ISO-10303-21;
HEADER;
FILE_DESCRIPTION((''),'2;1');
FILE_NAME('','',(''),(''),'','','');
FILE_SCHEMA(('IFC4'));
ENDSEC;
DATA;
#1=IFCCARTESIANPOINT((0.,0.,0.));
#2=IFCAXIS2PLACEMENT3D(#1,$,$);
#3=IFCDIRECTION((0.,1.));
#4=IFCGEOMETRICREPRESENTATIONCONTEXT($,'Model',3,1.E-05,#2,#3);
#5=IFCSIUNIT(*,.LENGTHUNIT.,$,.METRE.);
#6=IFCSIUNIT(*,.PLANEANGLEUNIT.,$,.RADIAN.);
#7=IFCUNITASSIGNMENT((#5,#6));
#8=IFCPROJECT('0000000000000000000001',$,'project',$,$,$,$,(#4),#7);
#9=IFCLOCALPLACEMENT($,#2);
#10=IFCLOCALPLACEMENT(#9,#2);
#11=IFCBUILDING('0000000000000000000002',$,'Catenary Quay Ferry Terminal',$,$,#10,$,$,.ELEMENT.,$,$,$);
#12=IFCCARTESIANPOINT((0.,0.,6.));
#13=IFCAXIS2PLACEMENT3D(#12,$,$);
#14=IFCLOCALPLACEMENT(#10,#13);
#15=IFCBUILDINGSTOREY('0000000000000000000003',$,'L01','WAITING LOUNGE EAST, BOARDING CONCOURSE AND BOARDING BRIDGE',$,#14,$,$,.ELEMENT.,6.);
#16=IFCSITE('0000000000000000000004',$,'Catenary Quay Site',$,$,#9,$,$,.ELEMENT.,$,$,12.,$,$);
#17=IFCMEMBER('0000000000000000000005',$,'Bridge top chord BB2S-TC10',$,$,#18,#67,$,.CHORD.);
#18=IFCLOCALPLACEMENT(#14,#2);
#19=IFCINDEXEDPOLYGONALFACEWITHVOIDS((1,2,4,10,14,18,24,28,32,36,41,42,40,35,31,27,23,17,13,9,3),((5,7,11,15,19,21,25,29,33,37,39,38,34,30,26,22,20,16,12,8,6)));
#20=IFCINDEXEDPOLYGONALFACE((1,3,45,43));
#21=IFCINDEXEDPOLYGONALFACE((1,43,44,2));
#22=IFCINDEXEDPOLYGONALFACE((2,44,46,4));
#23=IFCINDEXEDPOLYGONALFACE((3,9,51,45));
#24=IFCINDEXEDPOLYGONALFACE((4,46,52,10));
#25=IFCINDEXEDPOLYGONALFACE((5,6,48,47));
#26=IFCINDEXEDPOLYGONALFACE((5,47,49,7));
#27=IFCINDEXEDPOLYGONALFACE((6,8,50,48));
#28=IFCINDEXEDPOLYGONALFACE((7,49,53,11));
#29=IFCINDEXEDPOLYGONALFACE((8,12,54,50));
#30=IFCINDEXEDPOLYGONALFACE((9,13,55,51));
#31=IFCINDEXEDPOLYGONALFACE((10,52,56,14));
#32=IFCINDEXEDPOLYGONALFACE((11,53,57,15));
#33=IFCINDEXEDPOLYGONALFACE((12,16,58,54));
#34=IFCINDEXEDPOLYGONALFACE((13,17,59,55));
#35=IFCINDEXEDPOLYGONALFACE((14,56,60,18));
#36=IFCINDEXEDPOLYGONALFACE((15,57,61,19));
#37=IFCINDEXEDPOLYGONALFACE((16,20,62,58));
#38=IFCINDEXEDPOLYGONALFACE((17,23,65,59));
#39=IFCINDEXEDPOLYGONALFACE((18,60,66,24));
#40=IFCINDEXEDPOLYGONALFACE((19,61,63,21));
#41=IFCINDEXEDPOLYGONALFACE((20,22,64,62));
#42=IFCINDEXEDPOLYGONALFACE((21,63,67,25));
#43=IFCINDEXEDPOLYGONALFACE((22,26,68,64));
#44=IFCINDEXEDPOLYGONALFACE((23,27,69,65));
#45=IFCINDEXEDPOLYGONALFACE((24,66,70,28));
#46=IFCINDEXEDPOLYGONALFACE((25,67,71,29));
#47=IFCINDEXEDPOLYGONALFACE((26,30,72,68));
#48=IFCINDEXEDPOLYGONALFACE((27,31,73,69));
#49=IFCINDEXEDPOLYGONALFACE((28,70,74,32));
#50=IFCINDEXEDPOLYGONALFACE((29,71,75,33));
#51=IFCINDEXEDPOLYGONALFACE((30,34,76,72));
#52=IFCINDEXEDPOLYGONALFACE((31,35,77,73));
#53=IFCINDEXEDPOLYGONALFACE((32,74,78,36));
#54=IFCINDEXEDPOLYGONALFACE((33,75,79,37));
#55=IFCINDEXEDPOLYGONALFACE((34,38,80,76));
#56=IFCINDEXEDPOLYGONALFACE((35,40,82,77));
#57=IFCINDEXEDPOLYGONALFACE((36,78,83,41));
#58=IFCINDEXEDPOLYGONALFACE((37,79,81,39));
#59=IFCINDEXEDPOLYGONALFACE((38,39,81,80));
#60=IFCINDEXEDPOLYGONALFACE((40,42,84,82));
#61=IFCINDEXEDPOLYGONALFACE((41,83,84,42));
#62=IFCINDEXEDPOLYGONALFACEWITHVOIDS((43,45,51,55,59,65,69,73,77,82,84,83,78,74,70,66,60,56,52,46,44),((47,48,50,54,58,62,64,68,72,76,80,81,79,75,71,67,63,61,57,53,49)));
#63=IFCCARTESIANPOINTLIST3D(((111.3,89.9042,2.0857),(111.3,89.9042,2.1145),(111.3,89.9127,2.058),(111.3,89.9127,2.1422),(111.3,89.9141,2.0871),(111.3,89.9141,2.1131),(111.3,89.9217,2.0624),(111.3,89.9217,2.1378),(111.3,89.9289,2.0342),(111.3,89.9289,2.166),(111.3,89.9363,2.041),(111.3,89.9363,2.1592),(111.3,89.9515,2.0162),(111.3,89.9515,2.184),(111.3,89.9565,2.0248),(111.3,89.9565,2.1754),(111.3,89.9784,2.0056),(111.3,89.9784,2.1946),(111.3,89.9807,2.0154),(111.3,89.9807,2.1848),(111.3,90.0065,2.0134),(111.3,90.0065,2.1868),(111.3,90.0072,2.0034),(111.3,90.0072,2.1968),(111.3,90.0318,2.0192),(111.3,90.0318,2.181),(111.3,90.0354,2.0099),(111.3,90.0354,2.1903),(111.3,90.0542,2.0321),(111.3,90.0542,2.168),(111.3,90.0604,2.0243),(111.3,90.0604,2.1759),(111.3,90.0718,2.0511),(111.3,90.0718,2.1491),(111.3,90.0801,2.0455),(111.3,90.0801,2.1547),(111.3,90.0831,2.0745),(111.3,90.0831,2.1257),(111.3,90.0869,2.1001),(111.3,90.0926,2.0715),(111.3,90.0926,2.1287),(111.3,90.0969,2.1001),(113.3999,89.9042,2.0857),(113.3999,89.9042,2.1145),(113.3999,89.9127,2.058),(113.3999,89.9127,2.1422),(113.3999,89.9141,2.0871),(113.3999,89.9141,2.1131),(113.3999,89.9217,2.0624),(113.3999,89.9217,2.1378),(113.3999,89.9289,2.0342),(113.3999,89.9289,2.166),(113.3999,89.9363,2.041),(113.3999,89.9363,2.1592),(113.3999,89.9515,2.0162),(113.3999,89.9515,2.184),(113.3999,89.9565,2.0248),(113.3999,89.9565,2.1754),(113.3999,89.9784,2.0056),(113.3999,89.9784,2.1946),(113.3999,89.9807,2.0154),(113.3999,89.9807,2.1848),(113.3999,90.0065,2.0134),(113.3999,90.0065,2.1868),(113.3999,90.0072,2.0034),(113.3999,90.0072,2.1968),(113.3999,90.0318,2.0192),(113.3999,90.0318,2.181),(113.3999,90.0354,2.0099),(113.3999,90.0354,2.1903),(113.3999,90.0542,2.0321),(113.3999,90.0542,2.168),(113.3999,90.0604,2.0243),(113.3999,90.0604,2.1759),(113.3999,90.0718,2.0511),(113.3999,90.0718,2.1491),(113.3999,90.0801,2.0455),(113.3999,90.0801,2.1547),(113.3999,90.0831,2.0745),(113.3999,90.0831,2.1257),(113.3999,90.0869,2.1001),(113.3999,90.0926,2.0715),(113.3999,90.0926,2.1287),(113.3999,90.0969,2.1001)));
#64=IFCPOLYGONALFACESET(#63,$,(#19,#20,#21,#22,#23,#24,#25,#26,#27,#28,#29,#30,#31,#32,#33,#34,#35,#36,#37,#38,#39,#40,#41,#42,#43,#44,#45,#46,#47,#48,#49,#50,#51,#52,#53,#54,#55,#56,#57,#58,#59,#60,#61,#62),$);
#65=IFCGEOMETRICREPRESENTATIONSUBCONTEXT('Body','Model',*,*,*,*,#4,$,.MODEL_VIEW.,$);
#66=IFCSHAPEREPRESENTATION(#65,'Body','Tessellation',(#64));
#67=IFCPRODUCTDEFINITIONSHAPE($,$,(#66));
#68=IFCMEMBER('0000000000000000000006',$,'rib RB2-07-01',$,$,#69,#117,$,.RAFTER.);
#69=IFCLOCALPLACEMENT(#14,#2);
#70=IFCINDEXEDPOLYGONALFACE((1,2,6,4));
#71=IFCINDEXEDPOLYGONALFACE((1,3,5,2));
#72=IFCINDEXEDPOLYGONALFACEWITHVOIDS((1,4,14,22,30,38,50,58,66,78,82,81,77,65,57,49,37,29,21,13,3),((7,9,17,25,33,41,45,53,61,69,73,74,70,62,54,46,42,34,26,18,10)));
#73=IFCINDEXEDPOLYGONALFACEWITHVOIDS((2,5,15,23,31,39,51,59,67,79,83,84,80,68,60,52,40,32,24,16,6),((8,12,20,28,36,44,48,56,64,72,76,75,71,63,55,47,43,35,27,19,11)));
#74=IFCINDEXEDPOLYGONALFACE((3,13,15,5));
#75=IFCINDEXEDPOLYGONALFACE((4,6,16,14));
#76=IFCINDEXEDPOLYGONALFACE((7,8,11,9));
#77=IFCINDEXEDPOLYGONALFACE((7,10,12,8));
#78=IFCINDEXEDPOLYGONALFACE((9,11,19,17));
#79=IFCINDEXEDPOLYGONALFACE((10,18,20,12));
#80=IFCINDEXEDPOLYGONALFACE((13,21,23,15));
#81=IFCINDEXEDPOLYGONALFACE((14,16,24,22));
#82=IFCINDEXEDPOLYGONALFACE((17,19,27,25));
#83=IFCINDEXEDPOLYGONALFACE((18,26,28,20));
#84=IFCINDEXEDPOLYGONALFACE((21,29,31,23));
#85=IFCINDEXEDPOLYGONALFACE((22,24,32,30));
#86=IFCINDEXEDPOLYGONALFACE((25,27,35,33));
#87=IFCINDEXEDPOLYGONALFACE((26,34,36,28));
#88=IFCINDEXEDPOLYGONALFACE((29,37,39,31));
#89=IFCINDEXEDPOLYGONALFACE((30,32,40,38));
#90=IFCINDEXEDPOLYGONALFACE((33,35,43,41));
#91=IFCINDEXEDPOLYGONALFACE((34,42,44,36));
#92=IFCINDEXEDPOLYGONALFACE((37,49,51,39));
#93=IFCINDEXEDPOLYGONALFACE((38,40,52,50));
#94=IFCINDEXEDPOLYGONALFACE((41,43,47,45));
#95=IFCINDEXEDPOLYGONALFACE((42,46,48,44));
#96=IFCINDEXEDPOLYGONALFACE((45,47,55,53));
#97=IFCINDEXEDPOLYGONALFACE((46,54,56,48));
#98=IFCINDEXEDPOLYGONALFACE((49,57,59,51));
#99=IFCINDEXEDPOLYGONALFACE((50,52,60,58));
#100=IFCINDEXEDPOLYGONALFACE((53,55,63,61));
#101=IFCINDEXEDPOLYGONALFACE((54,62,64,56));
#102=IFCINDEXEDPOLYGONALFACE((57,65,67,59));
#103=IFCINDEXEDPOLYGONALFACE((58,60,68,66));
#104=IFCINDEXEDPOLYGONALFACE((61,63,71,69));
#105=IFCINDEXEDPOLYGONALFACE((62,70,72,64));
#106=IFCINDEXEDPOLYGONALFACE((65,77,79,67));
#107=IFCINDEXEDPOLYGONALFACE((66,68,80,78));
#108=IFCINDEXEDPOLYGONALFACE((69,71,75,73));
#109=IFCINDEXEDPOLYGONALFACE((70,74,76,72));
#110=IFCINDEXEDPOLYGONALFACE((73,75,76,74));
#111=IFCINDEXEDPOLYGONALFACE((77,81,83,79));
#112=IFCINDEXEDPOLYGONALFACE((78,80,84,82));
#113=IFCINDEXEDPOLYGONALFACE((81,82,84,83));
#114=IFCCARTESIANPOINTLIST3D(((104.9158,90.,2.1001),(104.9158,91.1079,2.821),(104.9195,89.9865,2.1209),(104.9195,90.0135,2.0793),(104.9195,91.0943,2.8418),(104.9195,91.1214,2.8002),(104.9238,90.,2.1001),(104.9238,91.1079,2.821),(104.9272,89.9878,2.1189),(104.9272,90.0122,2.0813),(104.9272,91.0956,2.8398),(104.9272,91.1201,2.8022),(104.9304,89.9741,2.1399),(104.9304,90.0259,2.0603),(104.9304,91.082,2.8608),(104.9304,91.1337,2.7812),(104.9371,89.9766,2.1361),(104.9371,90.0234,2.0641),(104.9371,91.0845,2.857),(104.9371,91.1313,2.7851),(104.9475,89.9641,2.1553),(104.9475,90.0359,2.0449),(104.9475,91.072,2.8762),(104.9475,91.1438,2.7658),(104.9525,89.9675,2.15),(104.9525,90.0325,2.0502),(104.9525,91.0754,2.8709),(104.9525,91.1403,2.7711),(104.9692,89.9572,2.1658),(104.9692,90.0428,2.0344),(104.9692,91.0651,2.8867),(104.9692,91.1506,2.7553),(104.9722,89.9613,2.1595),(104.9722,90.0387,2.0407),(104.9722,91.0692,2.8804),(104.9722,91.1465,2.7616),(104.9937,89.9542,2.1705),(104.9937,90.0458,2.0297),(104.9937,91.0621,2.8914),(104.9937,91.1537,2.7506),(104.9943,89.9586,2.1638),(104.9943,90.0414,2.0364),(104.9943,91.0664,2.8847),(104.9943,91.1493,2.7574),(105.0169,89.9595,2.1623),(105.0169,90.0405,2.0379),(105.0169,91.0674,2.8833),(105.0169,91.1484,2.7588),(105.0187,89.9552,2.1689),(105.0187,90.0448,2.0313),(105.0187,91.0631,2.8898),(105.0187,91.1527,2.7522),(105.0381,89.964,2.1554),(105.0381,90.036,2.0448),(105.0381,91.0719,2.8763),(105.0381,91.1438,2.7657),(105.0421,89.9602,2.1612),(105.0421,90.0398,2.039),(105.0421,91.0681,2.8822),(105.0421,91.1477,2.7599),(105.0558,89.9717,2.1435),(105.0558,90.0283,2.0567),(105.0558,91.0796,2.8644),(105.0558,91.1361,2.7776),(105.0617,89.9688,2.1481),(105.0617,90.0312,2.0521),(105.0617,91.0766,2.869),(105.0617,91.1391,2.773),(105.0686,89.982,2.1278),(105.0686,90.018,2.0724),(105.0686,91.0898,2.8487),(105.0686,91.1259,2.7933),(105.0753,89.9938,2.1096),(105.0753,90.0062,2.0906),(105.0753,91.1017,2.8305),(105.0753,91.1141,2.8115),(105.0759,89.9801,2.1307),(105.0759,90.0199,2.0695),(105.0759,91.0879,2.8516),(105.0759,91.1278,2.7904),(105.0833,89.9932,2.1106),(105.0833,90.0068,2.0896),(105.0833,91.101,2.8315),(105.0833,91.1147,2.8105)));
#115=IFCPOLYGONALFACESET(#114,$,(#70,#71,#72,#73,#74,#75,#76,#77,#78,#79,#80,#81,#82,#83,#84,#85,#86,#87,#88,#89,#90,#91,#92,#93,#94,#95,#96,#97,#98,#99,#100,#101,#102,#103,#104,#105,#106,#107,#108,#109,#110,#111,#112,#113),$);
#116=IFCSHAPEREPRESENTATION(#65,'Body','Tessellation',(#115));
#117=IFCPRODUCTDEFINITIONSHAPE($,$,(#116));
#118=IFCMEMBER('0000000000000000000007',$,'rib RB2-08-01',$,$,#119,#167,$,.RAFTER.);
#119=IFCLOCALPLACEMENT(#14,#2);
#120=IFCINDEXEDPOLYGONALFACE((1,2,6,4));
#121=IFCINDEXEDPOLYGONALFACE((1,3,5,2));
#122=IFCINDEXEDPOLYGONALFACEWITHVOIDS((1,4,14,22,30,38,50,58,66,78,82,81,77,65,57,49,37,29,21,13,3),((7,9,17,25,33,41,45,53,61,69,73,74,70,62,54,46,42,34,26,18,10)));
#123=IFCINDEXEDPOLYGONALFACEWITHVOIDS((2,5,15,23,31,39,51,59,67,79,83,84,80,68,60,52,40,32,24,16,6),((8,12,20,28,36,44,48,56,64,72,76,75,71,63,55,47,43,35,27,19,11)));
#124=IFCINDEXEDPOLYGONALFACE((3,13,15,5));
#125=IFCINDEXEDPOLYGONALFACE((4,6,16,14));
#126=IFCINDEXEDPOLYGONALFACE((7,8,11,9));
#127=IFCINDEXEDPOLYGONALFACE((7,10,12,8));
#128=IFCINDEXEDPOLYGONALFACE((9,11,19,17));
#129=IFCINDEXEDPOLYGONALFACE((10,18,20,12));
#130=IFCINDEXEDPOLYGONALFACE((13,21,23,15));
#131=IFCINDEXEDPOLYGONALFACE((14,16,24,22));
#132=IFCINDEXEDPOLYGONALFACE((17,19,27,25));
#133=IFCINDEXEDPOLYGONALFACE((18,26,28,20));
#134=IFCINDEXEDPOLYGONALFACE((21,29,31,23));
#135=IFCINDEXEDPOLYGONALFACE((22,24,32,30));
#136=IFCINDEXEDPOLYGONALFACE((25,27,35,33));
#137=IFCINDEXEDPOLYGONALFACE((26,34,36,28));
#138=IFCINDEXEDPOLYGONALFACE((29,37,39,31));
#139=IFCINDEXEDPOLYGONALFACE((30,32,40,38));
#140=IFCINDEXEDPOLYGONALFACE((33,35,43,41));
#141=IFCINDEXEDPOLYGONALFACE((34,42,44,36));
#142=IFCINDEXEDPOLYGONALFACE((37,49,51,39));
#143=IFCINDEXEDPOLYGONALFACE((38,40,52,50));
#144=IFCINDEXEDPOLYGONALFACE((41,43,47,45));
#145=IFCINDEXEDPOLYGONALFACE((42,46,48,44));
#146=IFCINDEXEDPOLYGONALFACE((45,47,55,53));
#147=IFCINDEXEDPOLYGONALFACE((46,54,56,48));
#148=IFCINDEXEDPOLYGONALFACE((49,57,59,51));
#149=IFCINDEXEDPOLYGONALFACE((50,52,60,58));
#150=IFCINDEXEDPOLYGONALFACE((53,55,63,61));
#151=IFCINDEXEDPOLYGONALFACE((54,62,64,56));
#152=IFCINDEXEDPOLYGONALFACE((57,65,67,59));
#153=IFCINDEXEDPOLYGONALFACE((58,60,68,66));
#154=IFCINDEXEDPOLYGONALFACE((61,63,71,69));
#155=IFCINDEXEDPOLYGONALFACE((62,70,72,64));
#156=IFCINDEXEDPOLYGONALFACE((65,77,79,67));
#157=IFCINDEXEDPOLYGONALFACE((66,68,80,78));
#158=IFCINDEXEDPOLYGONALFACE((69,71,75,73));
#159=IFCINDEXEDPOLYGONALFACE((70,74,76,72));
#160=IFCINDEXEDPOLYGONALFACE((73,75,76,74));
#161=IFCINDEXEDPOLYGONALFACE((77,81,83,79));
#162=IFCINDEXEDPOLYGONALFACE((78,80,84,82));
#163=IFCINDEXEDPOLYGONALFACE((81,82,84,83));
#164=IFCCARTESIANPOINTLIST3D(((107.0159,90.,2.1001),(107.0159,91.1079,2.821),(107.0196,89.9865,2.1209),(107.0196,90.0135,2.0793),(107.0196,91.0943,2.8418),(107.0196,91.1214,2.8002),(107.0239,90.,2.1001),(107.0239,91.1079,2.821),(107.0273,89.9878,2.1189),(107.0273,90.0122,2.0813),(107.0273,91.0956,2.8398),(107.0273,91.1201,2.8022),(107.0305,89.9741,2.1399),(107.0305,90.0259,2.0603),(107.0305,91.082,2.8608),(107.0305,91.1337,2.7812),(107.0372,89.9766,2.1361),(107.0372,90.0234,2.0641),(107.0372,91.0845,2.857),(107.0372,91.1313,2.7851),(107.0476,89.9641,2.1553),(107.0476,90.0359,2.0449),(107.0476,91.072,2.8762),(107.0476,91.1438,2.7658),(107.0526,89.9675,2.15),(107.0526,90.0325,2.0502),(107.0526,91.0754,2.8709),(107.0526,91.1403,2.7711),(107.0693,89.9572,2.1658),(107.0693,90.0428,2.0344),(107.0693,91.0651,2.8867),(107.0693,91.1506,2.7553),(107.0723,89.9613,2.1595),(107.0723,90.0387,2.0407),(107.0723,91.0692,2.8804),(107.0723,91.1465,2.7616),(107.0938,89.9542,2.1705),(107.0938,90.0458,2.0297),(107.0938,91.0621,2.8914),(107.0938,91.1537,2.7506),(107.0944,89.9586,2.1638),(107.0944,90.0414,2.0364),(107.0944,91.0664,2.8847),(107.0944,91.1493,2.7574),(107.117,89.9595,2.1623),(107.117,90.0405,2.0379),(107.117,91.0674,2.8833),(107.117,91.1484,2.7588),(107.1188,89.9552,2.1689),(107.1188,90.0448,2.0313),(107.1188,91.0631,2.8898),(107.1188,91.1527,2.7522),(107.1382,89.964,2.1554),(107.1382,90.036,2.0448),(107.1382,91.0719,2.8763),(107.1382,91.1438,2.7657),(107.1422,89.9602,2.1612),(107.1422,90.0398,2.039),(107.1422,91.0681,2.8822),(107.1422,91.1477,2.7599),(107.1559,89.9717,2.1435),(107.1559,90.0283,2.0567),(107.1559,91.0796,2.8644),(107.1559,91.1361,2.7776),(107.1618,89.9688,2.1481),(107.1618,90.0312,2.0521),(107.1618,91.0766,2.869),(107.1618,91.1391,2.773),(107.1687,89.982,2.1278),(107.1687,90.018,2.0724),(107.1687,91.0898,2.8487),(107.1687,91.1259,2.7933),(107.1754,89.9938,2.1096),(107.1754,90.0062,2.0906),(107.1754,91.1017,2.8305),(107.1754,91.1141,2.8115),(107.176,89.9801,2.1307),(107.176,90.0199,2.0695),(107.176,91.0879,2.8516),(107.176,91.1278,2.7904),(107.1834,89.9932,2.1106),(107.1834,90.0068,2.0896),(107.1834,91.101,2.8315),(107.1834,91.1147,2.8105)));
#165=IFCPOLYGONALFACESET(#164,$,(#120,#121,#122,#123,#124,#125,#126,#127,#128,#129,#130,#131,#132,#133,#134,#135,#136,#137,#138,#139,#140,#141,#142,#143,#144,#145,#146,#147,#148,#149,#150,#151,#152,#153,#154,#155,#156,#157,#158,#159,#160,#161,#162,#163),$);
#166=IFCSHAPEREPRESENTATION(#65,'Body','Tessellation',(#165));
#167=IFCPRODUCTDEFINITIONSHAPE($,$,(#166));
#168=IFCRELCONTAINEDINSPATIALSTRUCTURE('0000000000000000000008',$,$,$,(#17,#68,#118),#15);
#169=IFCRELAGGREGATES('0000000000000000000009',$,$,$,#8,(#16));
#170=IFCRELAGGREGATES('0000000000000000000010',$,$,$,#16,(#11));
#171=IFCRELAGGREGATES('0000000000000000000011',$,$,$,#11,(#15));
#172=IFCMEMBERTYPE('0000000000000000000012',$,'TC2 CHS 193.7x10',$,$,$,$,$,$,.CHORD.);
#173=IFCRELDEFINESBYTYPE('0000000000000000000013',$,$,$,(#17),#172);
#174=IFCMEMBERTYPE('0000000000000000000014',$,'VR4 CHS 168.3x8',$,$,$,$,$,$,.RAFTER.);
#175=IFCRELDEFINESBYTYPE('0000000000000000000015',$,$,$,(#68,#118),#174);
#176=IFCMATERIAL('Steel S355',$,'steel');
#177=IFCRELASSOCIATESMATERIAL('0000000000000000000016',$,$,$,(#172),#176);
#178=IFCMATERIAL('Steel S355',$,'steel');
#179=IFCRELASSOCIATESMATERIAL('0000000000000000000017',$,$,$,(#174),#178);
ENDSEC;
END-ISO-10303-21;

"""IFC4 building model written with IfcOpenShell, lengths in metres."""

from ifc_helpers import new_model, si_unit, direction, frame, origin, origin_2d, place, context, subcontext, project, spatial, hollow_circle, extrude, material, material_profile, profile_set, type_object, element, save


model = new_model("IFC4")

# Units and contexts
model_context = context("Model", 3, precision=1e-05, world=origin(), true_north=direction((0.0, 1.0)))
body_context = subcontext(model_context, "Body", "Model", "MODEL_VIEW")
ifc_project = project(units=[si_unit("LENGTHUNIT", "METRE"), si_unit("PLANEANGLEUNIT", "RADIAN")], contexts=[model_context])

# Site, building, storey
site_placement = place(None, origin())
site = spatial("IfcSite", under=ifc_project, at=site_placement, Name="Catenary Quay Site", CompositionType="ELEMENT", RefElevation=12.0)
building_placement = place(site_placement, origin())
building = spatial("IfcBuilding", under=site, at=building_placement, Name="Catenary Quay Ferry Terminal", CompositionType="ELEMENT")
storey_placement = place(building_placement, frame((0.0, 0.0, 6.0)))
storey = spatial("IfcBuildingStorey", under=building, at=storey_placement, Name="L01", Description="WAITING LOUNGE EAST, BOARDING CONCOURSE AND BOARDING BRIDGE", CompositionType="ELEMENT", Elevation=6.0)

# Members
ifc_material_1 = material(Name="Steel S355", Category="steel")
ifc_material_profile_1 = material_profile(ifc_material_1, hollow_circle(Radius=0.0969, WallThickness=0.01, at=origin_2d()), Name="CHS 193.7x10")
ifc_profile_set_1 = profile_set([ifc_material_profile_1], Name="Steel S355")
member_type_1 = type_object("IfcMemberType", Name="TC2 CHS 193.7x10", PredefinedType="CHORD", material=ifc_profile_set_1)
member_1_placement = place(storey_placement, frame((111.3, 90.0, 2.1001), z_axis=(1.0, 0.0, 0.0), x_axis=(0.0, 1.0, 0.0)))
element("IfcMember", 1, at=member_1_placement, inside=storey, type_object=member_type_1, Name="Bridge top chord BB2S-TC10", PredefinedType="CHORD", context=body_context, shape_type="SweptSolid", body=[
    extrude(hollow_circle(Radius=0.0969, WallThickness=0.01, at=origin_2d()), origin(), (0.0, 0.0, 1.0), 2.0999),
])
ifc_material_2 = material(Name="Steel S355", Category="steel")
ifc_material_profile_2 = material_profile(ifc_material_2, hollow_circle(Radius=0.0842, WallThickness=0.0081, at=origin_2d()), Name="CHS 168.3x8")
ifc_profile_set_2 = profile_set([ifc_material_profile_2], Name="Steel S355")
member_type_2 = type_object("IfcMemberType", Name="VR4 CHS 168.3x8", PredefinedType="RAFTER", material=ifc_profile_set_2)
for number, where, z_axis, x_axis, name in (
    (2, (105.0, 90.0, 2.1001), (0.0, 0.838165, 0.545417), (-1.0, 0.0, 0.0), "rib RB2-07-01"),
    (3, (107.1001, 90.0, 2.1001), (0.0, 0.838165, 0.545417), (-1.0, 0.0, 0.0), "rib RB2-08-01"),
):
    element("IfcMember", number, at=place(storey_placement, frame(where, z_axis=z_axis, x_axis=x_axis)), inside=storey, type_object=member_type_2, Name=name, PredefinedType="RAFTER", context=body_context, shape_type="SweptSolid", body=[
        extrude(hollow_circle(Radius=0.0842, WallThickness=0.0081, at=origin_2d()), origin(), (0.0, 0.0, 1.0), 1.3218),
    ])

save(model, "model.ifc")
